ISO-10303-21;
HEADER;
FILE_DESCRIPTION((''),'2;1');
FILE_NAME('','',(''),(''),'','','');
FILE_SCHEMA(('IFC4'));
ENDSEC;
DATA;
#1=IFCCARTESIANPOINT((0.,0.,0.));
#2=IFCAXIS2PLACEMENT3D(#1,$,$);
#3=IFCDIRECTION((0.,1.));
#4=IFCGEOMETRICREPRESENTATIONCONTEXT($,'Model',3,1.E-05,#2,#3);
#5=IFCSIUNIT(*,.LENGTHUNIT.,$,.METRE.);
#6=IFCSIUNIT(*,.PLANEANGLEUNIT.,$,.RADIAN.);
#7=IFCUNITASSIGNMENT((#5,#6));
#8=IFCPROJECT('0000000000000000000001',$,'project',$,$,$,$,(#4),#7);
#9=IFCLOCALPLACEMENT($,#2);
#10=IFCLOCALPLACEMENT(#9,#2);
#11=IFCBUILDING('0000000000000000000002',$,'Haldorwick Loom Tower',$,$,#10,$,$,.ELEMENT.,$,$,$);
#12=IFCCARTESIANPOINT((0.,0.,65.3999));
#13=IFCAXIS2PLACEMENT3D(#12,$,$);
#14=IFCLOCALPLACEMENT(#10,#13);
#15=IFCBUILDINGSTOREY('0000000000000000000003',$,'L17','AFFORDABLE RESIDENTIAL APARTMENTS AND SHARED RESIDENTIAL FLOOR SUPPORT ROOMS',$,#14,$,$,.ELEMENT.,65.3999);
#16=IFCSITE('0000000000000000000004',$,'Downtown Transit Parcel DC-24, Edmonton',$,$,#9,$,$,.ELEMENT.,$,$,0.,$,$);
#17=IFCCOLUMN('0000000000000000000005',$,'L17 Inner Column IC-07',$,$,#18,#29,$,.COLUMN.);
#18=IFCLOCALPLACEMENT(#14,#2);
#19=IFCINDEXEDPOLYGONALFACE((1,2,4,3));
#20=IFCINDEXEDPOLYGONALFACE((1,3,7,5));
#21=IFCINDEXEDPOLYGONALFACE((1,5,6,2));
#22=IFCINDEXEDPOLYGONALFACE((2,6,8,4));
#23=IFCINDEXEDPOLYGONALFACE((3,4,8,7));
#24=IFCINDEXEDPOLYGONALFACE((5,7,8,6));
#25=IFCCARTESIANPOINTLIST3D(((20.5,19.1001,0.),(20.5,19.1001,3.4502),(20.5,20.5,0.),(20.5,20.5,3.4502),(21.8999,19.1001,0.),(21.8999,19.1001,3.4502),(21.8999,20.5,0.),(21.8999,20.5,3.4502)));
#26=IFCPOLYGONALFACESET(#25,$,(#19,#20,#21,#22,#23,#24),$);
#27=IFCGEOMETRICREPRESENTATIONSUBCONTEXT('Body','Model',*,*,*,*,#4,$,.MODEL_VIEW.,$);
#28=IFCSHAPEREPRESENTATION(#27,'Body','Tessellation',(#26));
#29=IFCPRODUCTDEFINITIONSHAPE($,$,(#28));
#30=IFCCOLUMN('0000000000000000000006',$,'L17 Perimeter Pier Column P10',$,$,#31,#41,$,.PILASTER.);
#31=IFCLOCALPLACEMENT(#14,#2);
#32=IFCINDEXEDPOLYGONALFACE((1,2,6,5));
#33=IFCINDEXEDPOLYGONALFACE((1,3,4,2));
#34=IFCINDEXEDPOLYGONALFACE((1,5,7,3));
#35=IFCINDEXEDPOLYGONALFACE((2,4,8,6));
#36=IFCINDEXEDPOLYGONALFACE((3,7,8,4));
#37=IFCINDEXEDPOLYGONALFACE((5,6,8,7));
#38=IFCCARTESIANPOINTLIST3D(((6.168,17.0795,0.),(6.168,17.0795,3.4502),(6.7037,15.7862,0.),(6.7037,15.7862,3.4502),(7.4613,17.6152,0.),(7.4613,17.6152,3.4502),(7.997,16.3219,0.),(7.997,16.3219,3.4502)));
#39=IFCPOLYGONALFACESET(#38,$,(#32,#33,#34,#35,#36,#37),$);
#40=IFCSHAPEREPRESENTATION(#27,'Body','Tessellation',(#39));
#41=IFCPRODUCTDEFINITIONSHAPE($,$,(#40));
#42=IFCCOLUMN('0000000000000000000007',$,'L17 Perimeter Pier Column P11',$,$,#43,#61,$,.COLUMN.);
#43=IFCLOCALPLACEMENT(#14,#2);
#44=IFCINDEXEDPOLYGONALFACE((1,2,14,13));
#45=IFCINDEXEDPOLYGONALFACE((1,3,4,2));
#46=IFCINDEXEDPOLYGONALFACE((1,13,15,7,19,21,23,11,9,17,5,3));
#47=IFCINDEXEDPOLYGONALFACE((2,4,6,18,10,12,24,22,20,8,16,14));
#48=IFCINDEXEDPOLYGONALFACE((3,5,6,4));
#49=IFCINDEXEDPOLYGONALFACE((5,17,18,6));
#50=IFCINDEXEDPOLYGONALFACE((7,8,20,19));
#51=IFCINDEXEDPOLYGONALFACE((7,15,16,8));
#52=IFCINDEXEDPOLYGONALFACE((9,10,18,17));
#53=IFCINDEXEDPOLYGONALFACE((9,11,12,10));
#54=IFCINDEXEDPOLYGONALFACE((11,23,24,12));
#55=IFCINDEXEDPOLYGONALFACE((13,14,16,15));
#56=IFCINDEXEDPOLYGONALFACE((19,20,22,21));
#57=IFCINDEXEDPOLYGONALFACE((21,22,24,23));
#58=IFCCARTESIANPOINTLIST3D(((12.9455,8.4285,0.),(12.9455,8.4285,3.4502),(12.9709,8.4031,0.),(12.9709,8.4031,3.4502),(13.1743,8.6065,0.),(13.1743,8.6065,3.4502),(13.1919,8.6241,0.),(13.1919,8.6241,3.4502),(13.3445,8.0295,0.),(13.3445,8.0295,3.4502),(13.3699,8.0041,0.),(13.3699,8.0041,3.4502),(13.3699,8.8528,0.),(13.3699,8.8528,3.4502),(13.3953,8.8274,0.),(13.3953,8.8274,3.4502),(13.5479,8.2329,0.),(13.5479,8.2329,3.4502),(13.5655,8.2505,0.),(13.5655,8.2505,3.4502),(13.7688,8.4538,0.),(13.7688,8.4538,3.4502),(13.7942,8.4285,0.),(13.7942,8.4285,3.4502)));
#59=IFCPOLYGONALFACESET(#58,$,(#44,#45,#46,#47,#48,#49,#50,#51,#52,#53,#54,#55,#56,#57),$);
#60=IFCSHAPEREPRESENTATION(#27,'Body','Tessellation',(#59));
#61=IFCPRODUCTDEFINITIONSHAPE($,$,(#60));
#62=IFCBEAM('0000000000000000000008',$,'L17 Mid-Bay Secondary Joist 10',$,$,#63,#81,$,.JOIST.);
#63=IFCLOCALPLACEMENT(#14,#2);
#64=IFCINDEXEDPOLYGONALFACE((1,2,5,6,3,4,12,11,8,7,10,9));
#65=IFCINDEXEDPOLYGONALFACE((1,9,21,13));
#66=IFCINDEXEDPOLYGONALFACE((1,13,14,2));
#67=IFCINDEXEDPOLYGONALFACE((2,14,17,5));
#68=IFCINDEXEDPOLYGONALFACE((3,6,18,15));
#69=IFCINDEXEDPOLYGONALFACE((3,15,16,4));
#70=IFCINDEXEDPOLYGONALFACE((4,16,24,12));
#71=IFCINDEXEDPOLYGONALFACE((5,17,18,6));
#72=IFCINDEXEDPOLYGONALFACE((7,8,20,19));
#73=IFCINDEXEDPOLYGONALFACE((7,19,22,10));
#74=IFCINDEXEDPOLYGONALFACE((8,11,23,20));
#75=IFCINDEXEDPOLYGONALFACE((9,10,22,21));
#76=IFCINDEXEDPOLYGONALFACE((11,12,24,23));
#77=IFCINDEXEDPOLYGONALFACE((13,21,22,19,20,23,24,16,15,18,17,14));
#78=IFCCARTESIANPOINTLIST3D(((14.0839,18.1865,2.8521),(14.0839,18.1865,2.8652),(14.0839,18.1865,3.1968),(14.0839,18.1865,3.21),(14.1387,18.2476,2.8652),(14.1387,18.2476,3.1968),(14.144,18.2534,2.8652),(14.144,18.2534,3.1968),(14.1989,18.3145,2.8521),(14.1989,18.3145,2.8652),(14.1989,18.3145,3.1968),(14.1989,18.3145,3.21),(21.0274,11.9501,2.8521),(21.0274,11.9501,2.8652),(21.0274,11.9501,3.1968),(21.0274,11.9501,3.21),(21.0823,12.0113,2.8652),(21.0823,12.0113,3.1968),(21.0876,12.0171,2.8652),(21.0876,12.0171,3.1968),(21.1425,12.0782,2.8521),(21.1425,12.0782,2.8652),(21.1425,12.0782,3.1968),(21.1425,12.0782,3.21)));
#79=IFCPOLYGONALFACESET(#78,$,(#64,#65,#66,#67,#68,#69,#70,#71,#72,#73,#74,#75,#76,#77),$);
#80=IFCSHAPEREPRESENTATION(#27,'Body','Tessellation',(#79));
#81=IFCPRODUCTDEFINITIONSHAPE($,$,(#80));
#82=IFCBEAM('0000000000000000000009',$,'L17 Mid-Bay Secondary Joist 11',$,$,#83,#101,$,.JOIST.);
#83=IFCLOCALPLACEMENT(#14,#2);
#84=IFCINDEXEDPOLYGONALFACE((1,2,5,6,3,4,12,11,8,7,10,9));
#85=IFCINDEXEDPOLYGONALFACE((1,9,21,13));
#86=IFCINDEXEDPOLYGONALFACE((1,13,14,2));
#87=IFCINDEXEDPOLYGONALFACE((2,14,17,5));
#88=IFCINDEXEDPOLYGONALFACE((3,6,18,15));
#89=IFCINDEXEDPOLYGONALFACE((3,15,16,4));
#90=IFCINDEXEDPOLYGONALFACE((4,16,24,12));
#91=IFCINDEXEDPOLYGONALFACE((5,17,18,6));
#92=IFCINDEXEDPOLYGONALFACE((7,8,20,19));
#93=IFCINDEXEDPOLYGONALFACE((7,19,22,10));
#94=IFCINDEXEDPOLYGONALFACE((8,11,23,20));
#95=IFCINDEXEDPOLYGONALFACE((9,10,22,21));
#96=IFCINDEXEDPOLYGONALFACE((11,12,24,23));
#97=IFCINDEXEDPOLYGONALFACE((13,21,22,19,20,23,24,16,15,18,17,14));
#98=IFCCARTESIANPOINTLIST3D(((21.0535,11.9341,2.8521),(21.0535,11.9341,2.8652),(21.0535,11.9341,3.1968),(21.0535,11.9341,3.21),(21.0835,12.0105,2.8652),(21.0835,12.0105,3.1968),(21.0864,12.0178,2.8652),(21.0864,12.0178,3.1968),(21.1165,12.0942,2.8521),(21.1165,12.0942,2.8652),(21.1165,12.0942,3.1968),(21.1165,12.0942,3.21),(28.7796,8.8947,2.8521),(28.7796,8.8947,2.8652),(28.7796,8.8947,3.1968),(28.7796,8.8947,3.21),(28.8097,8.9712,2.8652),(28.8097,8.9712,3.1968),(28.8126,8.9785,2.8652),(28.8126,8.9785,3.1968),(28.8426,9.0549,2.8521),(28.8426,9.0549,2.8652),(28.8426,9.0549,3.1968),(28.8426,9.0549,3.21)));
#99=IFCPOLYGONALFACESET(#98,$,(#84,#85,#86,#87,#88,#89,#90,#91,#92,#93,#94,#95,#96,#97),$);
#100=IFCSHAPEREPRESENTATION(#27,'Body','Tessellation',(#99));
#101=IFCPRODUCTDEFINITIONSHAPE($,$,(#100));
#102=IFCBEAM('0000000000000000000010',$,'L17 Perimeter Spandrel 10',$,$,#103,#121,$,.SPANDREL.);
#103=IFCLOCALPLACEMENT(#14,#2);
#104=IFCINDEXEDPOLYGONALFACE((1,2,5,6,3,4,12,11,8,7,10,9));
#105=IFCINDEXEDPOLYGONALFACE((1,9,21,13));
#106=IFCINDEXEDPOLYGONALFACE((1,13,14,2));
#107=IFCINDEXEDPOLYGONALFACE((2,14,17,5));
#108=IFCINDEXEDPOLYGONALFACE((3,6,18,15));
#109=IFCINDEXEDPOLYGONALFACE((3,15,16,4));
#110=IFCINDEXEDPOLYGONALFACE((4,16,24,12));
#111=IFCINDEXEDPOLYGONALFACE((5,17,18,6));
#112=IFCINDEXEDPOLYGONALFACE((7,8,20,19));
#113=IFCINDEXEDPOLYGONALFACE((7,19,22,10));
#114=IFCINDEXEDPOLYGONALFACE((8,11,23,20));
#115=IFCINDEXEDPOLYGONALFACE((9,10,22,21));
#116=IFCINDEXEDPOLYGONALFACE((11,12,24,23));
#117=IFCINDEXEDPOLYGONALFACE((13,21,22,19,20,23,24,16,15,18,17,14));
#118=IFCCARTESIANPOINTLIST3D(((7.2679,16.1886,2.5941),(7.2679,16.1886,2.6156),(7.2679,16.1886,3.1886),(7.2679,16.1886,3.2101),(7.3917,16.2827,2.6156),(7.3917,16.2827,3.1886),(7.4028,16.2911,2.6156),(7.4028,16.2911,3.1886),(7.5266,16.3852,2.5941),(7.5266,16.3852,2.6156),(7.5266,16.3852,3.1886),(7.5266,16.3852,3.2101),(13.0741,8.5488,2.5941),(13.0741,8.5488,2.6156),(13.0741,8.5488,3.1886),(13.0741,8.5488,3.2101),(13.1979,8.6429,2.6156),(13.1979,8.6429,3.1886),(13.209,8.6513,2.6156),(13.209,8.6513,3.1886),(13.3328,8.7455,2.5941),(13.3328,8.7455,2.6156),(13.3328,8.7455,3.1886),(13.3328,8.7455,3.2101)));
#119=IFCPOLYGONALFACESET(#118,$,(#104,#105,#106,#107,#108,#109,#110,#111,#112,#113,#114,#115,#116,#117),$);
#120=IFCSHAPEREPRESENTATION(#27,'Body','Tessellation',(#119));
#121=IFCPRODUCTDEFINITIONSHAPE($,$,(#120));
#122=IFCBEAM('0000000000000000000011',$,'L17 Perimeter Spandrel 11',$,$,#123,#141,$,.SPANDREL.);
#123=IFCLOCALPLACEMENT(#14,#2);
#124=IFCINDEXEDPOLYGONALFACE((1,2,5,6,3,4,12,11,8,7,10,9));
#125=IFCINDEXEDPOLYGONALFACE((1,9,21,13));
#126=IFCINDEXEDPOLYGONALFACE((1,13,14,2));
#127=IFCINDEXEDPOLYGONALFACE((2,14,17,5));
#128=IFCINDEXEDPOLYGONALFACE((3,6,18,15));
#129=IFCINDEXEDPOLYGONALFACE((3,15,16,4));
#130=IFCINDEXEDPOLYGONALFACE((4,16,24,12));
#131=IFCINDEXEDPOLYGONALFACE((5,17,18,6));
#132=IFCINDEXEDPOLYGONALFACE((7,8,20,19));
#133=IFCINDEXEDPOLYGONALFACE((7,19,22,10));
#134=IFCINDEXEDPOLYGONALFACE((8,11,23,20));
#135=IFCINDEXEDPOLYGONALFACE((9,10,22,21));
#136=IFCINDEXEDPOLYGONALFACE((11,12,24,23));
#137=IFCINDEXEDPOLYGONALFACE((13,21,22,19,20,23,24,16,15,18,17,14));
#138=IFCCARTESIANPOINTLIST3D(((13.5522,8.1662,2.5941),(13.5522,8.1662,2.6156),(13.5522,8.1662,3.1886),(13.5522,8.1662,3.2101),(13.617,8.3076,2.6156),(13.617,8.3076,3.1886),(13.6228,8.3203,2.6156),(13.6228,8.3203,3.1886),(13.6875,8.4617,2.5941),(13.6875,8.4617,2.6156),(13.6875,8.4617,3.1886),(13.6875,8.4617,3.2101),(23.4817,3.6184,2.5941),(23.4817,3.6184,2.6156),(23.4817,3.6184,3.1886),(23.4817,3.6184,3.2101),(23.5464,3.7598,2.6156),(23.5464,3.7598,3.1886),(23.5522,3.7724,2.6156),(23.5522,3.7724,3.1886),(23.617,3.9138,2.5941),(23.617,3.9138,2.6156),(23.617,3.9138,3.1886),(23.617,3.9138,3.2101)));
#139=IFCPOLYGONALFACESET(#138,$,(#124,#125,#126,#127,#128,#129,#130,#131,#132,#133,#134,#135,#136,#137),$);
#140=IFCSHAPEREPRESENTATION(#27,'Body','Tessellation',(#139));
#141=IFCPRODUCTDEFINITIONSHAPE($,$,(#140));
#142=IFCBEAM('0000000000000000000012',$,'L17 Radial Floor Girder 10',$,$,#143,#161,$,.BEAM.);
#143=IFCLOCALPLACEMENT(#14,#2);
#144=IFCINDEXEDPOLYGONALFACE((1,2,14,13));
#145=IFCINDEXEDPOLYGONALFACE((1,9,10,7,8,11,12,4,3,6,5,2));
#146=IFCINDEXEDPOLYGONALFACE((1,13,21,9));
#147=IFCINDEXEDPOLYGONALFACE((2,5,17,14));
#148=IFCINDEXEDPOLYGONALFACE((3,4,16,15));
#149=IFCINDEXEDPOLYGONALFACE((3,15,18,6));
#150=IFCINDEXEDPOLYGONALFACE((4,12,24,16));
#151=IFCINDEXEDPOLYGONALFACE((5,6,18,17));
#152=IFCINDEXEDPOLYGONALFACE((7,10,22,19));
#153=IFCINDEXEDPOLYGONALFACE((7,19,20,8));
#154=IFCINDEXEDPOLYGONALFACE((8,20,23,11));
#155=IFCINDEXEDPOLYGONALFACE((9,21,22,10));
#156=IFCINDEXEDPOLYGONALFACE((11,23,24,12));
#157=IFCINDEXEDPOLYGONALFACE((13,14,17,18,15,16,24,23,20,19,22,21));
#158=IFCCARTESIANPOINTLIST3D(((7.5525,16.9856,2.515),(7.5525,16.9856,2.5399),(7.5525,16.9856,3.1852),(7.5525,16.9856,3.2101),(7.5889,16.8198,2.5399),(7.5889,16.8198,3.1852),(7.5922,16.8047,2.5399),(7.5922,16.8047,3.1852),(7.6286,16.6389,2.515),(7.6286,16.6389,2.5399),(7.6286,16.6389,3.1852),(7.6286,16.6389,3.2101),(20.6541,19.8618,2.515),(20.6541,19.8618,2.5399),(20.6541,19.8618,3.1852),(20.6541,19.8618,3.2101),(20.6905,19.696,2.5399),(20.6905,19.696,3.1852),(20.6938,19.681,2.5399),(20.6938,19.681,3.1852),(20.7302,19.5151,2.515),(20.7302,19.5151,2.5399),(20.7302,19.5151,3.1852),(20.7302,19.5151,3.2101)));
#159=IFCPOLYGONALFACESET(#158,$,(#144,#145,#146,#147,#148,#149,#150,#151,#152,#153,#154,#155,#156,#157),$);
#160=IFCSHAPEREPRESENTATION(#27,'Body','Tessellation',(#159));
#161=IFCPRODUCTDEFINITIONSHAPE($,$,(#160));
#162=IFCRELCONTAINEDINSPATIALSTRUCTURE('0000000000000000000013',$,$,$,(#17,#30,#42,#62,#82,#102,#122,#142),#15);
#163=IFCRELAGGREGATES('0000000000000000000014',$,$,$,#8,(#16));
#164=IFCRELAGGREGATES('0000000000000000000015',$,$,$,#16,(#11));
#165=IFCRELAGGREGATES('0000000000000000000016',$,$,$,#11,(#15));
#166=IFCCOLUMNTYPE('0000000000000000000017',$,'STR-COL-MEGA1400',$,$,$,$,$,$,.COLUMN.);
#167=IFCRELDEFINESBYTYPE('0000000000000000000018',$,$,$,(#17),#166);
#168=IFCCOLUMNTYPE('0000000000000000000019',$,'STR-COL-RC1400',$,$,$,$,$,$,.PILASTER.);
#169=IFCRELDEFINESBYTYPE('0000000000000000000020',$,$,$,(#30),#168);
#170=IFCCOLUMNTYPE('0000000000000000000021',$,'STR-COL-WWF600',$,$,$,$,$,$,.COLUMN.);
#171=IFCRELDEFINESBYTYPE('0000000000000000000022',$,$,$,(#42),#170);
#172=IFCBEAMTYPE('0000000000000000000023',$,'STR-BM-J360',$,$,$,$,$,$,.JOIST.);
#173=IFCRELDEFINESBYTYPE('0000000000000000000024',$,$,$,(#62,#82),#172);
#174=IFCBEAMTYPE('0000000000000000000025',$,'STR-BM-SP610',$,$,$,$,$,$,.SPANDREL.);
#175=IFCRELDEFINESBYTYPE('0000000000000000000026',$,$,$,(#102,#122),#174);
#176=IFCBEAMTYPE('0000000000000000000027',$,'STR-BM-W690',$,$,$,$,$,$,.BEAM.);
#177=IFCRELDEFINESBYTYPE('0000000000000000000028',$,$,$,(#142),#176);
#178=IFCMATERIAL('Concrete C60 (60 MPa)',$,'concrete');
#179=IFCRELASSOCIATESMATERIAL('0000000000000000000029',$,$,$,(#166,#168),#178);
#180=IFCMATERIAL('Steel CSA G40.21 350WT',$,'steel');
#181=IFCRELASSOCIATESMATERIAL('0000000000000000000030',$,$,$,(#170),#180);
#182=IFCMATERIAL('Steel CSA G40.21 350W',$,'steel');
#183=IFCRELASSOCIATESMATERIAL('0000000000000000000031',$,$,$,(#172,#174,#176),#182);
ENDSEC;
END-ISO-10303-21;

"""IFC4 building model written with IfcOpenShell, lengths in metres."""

from ifc_helpers import new_model, si_unit, direction, frame, origin, origin_2d, place, context, subcontext, project, spatial, rectangle, i_section, extrude, material, material_profile, profile_set, type_object, element, save


model = new_model("IFC4")

# Units and contexts
model_context = context("Model", 3, precision=1e-05, world=origin(), true_north=direction((0.0, 1.0)))
body_context = subcontext(model_context, "Body", "Model", "MODEL_VIEW")
ifc_project = project(units=[si_unit("LENGTHUNIT", "METRE"), si_unit("PLANEANGLEUNIT", "RADIAN")], contexts=[model_context])

# Site, building, storey
site_placement = place(None, origin())
site = spatial("IfcSite", under=ifc_project, at=site_placement, Name="Downtown Transit Parcel DC-24, Edmonton", CompositionType="ELEMENT", RefElevation=0.0)
building_placement = place(site_placement, origin())
building = spatial("IfcBuilding", under=site, at=building_placement, Name="Haldorwick Loom Tower", CompositionType="ELEMENT")
storey_placement = place(building_placement, frame((0.0, 0.0, 65.3999)))
storey = spatial("IfcBuildingStorey", under=building, at=storey_placement, Name="L17", Description="AFFORDABLE RESIDENTIAL APARTMENTS AND SHARED RESIDENTIAL FLOOR SUPPORT ROOMS", CompositionType="ELEMENT", Elevation=65.3999)

# Columns
ifc_material_1 = material(Name="Concrete C60 (60 MPa)", Category="concrete")
ifc_material_profile_1 = material_profile(ifc_material_1, rectangle(XDim=1.3999, YDim=1.3999, at=origin_2d()), Name="RC1400X1400", Category="concrete")
ifc_profile_set_1 = profile_set([ifc_material_profile_1], Name="Concrete C60 (60 MPa)")
column_type_1 = type_object("IfcColumnType", Name="STR-COL-MEGA1400", PredefinedType="COLUMN", material=ifc_profile_set_1)
column_1_placement = place(storey_placement, frame((21.2, 19.8, 0.0), z_axis=(0.0, 0.0, 1.0), x_axis=(1.0, 0.0, 0.0)))
element("IfcColumn", 1, at=column_1_placement, inside=storey, type_object=column_type_1, Name="L17 Inner Column IC-07", PredefinedType="COLUMN", context=body_context, shape_type="SweptSolid", body=[
    extrude(rectangle(XDim=1.3999, YDim=1.3999, at=origin_2d()), origin(), (0.0, 0.0, 1.0), 3.4502),
])
ifc_material_profile_2 = material_profile(ifc_material_1, rectangle(XDim=1.3999, YDim=1.3999, at=origin_2d()), Name="RC1400X1400", Category="concrete")
ifc_profile_set_2 = profile_set([ifc_material_profile_2], Name="Concrete C60 (60 MPa)")
column_type_2 = type_object("IfcColumnType", Name="STR-COL-RC1400", PredefinedType="PILASTER", material=ifc_profile_set_2)
column_2_placement = place(storey_placement, frame((7.0825, 16.7007, 0.0), z_axis=(0.0, 0.0, 1.0), x_axis=(-0.92388, -0.382683, 0.0)))
element("IfcColumn", 2, at=column_2_placement, inside=storey, type_object=column_type_2, Name="L17 Perimeter Pier Column P10", PredefinedType="PILASTER", context=body_context, shape_type="SweptSolid", body=[
    extrude(rectangle(XDim=1.3999, YDim=1.3999, at=origin_2d()), origin(), (0.0, 0.0, 1.0), 3.4502),
])
ifc_material_2 = material(Name="Steel CSA G40.21 350WT", Category="steel")
ifc_material_profile_3 = material_profile(ifc_material_2, i_section(OverallWidth=0.6001, OverallDepth=0.6001, WebThickness=0.0249, FlangeThickness=0.0359, at=origin_2d()), Name="WWF600X600", Category="steel")
ifc_profile_set_3 = profile_set([ifc_material_profile_3], Name="Steel CSA G40.21 350WT")
column_type_3 = type_object("IfcColumnType", Name="STR-COL-WWF600", PredefinedType="COLUMN", material=ifc_profile_set_3)
column_3_placement = place(storey_placement, frame((13.3699, 8.4285, 0.0), z_axis=(0.0, 0.0, 1.0), x_axis=(-0.707107, -0.707107, 0.0)))
element("IfcColumn", 3, at=column_3_placement, inside=storey, type_object=column_type_3, Name="L17 Perimeter Pier Column P11", PredefinedType="COLUMN", context=body_context, shape_type="SweptSolid", body=[
    extrude(i_section(OverallWidth=0.6001, OverallDepth=0.6001, WebThickness=0.0249, FlangeThickness=0.0359, at=origin_2d()), origin(), (0.0, 0.0, 1.0), 3.4502),
])

# Beams
ifc_material_3 = material(Name="Steel CSA G40.21 350W", Category="steel")
ifc_material_profile_4 = material_profile(ifc_material_3, i_section(OverallWidth=0.1721, OverallDepth=0.3579, WebThickness=0.0078, FlangeThickness=0.0132, at=origin_2d()), Name="W360X57", Category="steel")
ifc_profile_set_4 = profile_set([ifc_material_profile_4], Name="Steel CSA G40.21 350W")
beam_type_1 = type_object("IfcBeamType", Name="STR-BM-J360", PredefinedType="JOIST", material=ifc_profile_set_4)
beam_1_placement = place(storey_placement, frame((14.1414, 18.2505, 3.031), z_axis=(0.743982, -0.6682, 0.0), x_axis=(0.6682, 0.743982, 0.0)))
element("IfcBeam", 4, at=beam_1_placement, inside=storey, type_object=beam_type_1, Name="L17 Mid-Bay Secondary Joist 10", PredefinedType="JOIST", context=body_context, shape_type="SweptSolid", body=[
    extrude(i_section(OverallWidth=0.1721, OverallDepth=0.3579, WebThickness=0.0078, FlangeThickness=0.0132, at=origin_2d()), origin(), (0.0, 0.0, 1.0), 9.333),
])
beam_2_placement = place(storey_placement, frame((21.085, 12.0142, 3.031), z_axis=(0.930585, -0.366076, 0.0), x_axis=(0.366076, 0.930585, 0.0)))
element("IfcBeam", 5, at=beam_2_placement, inside=storey, type_object=beam_type_1, Name="L17 Mid-Bay Secondary Joist 11", PredefinedType="JOIST", context=body_context, shape_type="SweptSolid", body=[
    extrude(i_section(OverallWidth=0.1721, OverallDepth=0.3579, WebThickness=0.0078, FlangeThickness=0.0132, at=origin_2d()), origin(), (0.0, 0.0, 1.0), 8.3025),
])
ifc_material_profile_5 = material_profile(ifc_material_3, i_section(OverallWidth=0.325, OverallDepth=0.616, WebThickness=0.0139, FlangeThickness=0.0215, at=origin_2d()), Name="W610X174", Category="steel")
ifc_profile_set_5 = profile_set([ifc_material_profile_5], Name="Steel CSA G40.21 350W")
beam_type_2 = type_object("IfcBeamType", Name="STR-BM-SP610", PredefinedType="SPANDREL", material=ifc_profile_set_5)
beam_3_placement = place(storey_placement, frame((7.3972, 16.2869, 2.9021), z_axis=(0.605085, -0.796161, 0.0), x_axis=(0.796161, 0.605085, 0.0)))
element("IfcBeam", 6, at=beam_3_placement, inside=storey, type_object=beam_type_2, Name="L17 Perimeter Spandrel 10", PredefinedType="SPANDREL", context=body_context, shape_type="SweptSolid", body=[
    extrude(i_section(OverallWidth=0.325, OverallDepth=0.616, WebThickness=0.0139, FlangeThickness=0.0215, at=origin_2d()), origin(), (0.0, 0.0, 1.0), 9.5957),
])
beam_4_placement = place(storey_placement, frame((13.6199, 8.314, 2.9021), z_axis=(0.909174, -0.416417, 0.0), x_axis=(0.416417, 0.909174, 0.0)))
element("IfcBeam", 7, at=beam_4_placement, inside=storey, type_object=beam_type_2, Name="L17 Perimeter Spandrel 11", PredefinedType="SPANDREL", context=body_context, shape_type="SweptSolid", body=[
    extrude(i_section(OverallWidth=0.325, OverallDepth=0.616, WebThickness=0.0139, FlangeThickness=0.0215, at=origin_2d()), origin(), (0.0, 0.0, 1.0), 10.9214),
])
ifc_material_profile_6 = material_profile(ifc_material_3, i_section(OverallWidth=0.355, OverallDepth=0.6951, WebThickness=0.0154, FlangeThickness=0.0249, at=origin_2d()), Name="W690X217", Category="steel")
ifc_profile_set_6 = profile_set([ifc_material_profile_6], Name="Steel CSA G40.21 350W")
beam_type_3 = type_object("IfcBeamType", Name="STR-BM-W690", PredefinedType="BEAM", material=ifc_profile_set_6)
beam_5_placement = place(storey_placement, frame((20.6921, 19.6885, 2.8625), z_axis=(-0.97674, -0.214426, 0.0), x_axis=(0.214426, -0.97674, 0.0)))
element("IfcBeam", 8, at=beam_5_placement, inside=storey, type_object=beam_type_3, Name="L17 Radial Floor Girder 10", PredefinedType="BEAM", context=body_context, shape_type="SweptSolid", body=[
    extrude(i_section(OverallWidth=0.355, OverallDepth=0.6951, WebThickness=0.0154, FlangeThickness=0.0249, at=origin_2d()), origin(), (0.0, 0.0, 1.0), 13.4136),
])

save(model, "model.ifc")
